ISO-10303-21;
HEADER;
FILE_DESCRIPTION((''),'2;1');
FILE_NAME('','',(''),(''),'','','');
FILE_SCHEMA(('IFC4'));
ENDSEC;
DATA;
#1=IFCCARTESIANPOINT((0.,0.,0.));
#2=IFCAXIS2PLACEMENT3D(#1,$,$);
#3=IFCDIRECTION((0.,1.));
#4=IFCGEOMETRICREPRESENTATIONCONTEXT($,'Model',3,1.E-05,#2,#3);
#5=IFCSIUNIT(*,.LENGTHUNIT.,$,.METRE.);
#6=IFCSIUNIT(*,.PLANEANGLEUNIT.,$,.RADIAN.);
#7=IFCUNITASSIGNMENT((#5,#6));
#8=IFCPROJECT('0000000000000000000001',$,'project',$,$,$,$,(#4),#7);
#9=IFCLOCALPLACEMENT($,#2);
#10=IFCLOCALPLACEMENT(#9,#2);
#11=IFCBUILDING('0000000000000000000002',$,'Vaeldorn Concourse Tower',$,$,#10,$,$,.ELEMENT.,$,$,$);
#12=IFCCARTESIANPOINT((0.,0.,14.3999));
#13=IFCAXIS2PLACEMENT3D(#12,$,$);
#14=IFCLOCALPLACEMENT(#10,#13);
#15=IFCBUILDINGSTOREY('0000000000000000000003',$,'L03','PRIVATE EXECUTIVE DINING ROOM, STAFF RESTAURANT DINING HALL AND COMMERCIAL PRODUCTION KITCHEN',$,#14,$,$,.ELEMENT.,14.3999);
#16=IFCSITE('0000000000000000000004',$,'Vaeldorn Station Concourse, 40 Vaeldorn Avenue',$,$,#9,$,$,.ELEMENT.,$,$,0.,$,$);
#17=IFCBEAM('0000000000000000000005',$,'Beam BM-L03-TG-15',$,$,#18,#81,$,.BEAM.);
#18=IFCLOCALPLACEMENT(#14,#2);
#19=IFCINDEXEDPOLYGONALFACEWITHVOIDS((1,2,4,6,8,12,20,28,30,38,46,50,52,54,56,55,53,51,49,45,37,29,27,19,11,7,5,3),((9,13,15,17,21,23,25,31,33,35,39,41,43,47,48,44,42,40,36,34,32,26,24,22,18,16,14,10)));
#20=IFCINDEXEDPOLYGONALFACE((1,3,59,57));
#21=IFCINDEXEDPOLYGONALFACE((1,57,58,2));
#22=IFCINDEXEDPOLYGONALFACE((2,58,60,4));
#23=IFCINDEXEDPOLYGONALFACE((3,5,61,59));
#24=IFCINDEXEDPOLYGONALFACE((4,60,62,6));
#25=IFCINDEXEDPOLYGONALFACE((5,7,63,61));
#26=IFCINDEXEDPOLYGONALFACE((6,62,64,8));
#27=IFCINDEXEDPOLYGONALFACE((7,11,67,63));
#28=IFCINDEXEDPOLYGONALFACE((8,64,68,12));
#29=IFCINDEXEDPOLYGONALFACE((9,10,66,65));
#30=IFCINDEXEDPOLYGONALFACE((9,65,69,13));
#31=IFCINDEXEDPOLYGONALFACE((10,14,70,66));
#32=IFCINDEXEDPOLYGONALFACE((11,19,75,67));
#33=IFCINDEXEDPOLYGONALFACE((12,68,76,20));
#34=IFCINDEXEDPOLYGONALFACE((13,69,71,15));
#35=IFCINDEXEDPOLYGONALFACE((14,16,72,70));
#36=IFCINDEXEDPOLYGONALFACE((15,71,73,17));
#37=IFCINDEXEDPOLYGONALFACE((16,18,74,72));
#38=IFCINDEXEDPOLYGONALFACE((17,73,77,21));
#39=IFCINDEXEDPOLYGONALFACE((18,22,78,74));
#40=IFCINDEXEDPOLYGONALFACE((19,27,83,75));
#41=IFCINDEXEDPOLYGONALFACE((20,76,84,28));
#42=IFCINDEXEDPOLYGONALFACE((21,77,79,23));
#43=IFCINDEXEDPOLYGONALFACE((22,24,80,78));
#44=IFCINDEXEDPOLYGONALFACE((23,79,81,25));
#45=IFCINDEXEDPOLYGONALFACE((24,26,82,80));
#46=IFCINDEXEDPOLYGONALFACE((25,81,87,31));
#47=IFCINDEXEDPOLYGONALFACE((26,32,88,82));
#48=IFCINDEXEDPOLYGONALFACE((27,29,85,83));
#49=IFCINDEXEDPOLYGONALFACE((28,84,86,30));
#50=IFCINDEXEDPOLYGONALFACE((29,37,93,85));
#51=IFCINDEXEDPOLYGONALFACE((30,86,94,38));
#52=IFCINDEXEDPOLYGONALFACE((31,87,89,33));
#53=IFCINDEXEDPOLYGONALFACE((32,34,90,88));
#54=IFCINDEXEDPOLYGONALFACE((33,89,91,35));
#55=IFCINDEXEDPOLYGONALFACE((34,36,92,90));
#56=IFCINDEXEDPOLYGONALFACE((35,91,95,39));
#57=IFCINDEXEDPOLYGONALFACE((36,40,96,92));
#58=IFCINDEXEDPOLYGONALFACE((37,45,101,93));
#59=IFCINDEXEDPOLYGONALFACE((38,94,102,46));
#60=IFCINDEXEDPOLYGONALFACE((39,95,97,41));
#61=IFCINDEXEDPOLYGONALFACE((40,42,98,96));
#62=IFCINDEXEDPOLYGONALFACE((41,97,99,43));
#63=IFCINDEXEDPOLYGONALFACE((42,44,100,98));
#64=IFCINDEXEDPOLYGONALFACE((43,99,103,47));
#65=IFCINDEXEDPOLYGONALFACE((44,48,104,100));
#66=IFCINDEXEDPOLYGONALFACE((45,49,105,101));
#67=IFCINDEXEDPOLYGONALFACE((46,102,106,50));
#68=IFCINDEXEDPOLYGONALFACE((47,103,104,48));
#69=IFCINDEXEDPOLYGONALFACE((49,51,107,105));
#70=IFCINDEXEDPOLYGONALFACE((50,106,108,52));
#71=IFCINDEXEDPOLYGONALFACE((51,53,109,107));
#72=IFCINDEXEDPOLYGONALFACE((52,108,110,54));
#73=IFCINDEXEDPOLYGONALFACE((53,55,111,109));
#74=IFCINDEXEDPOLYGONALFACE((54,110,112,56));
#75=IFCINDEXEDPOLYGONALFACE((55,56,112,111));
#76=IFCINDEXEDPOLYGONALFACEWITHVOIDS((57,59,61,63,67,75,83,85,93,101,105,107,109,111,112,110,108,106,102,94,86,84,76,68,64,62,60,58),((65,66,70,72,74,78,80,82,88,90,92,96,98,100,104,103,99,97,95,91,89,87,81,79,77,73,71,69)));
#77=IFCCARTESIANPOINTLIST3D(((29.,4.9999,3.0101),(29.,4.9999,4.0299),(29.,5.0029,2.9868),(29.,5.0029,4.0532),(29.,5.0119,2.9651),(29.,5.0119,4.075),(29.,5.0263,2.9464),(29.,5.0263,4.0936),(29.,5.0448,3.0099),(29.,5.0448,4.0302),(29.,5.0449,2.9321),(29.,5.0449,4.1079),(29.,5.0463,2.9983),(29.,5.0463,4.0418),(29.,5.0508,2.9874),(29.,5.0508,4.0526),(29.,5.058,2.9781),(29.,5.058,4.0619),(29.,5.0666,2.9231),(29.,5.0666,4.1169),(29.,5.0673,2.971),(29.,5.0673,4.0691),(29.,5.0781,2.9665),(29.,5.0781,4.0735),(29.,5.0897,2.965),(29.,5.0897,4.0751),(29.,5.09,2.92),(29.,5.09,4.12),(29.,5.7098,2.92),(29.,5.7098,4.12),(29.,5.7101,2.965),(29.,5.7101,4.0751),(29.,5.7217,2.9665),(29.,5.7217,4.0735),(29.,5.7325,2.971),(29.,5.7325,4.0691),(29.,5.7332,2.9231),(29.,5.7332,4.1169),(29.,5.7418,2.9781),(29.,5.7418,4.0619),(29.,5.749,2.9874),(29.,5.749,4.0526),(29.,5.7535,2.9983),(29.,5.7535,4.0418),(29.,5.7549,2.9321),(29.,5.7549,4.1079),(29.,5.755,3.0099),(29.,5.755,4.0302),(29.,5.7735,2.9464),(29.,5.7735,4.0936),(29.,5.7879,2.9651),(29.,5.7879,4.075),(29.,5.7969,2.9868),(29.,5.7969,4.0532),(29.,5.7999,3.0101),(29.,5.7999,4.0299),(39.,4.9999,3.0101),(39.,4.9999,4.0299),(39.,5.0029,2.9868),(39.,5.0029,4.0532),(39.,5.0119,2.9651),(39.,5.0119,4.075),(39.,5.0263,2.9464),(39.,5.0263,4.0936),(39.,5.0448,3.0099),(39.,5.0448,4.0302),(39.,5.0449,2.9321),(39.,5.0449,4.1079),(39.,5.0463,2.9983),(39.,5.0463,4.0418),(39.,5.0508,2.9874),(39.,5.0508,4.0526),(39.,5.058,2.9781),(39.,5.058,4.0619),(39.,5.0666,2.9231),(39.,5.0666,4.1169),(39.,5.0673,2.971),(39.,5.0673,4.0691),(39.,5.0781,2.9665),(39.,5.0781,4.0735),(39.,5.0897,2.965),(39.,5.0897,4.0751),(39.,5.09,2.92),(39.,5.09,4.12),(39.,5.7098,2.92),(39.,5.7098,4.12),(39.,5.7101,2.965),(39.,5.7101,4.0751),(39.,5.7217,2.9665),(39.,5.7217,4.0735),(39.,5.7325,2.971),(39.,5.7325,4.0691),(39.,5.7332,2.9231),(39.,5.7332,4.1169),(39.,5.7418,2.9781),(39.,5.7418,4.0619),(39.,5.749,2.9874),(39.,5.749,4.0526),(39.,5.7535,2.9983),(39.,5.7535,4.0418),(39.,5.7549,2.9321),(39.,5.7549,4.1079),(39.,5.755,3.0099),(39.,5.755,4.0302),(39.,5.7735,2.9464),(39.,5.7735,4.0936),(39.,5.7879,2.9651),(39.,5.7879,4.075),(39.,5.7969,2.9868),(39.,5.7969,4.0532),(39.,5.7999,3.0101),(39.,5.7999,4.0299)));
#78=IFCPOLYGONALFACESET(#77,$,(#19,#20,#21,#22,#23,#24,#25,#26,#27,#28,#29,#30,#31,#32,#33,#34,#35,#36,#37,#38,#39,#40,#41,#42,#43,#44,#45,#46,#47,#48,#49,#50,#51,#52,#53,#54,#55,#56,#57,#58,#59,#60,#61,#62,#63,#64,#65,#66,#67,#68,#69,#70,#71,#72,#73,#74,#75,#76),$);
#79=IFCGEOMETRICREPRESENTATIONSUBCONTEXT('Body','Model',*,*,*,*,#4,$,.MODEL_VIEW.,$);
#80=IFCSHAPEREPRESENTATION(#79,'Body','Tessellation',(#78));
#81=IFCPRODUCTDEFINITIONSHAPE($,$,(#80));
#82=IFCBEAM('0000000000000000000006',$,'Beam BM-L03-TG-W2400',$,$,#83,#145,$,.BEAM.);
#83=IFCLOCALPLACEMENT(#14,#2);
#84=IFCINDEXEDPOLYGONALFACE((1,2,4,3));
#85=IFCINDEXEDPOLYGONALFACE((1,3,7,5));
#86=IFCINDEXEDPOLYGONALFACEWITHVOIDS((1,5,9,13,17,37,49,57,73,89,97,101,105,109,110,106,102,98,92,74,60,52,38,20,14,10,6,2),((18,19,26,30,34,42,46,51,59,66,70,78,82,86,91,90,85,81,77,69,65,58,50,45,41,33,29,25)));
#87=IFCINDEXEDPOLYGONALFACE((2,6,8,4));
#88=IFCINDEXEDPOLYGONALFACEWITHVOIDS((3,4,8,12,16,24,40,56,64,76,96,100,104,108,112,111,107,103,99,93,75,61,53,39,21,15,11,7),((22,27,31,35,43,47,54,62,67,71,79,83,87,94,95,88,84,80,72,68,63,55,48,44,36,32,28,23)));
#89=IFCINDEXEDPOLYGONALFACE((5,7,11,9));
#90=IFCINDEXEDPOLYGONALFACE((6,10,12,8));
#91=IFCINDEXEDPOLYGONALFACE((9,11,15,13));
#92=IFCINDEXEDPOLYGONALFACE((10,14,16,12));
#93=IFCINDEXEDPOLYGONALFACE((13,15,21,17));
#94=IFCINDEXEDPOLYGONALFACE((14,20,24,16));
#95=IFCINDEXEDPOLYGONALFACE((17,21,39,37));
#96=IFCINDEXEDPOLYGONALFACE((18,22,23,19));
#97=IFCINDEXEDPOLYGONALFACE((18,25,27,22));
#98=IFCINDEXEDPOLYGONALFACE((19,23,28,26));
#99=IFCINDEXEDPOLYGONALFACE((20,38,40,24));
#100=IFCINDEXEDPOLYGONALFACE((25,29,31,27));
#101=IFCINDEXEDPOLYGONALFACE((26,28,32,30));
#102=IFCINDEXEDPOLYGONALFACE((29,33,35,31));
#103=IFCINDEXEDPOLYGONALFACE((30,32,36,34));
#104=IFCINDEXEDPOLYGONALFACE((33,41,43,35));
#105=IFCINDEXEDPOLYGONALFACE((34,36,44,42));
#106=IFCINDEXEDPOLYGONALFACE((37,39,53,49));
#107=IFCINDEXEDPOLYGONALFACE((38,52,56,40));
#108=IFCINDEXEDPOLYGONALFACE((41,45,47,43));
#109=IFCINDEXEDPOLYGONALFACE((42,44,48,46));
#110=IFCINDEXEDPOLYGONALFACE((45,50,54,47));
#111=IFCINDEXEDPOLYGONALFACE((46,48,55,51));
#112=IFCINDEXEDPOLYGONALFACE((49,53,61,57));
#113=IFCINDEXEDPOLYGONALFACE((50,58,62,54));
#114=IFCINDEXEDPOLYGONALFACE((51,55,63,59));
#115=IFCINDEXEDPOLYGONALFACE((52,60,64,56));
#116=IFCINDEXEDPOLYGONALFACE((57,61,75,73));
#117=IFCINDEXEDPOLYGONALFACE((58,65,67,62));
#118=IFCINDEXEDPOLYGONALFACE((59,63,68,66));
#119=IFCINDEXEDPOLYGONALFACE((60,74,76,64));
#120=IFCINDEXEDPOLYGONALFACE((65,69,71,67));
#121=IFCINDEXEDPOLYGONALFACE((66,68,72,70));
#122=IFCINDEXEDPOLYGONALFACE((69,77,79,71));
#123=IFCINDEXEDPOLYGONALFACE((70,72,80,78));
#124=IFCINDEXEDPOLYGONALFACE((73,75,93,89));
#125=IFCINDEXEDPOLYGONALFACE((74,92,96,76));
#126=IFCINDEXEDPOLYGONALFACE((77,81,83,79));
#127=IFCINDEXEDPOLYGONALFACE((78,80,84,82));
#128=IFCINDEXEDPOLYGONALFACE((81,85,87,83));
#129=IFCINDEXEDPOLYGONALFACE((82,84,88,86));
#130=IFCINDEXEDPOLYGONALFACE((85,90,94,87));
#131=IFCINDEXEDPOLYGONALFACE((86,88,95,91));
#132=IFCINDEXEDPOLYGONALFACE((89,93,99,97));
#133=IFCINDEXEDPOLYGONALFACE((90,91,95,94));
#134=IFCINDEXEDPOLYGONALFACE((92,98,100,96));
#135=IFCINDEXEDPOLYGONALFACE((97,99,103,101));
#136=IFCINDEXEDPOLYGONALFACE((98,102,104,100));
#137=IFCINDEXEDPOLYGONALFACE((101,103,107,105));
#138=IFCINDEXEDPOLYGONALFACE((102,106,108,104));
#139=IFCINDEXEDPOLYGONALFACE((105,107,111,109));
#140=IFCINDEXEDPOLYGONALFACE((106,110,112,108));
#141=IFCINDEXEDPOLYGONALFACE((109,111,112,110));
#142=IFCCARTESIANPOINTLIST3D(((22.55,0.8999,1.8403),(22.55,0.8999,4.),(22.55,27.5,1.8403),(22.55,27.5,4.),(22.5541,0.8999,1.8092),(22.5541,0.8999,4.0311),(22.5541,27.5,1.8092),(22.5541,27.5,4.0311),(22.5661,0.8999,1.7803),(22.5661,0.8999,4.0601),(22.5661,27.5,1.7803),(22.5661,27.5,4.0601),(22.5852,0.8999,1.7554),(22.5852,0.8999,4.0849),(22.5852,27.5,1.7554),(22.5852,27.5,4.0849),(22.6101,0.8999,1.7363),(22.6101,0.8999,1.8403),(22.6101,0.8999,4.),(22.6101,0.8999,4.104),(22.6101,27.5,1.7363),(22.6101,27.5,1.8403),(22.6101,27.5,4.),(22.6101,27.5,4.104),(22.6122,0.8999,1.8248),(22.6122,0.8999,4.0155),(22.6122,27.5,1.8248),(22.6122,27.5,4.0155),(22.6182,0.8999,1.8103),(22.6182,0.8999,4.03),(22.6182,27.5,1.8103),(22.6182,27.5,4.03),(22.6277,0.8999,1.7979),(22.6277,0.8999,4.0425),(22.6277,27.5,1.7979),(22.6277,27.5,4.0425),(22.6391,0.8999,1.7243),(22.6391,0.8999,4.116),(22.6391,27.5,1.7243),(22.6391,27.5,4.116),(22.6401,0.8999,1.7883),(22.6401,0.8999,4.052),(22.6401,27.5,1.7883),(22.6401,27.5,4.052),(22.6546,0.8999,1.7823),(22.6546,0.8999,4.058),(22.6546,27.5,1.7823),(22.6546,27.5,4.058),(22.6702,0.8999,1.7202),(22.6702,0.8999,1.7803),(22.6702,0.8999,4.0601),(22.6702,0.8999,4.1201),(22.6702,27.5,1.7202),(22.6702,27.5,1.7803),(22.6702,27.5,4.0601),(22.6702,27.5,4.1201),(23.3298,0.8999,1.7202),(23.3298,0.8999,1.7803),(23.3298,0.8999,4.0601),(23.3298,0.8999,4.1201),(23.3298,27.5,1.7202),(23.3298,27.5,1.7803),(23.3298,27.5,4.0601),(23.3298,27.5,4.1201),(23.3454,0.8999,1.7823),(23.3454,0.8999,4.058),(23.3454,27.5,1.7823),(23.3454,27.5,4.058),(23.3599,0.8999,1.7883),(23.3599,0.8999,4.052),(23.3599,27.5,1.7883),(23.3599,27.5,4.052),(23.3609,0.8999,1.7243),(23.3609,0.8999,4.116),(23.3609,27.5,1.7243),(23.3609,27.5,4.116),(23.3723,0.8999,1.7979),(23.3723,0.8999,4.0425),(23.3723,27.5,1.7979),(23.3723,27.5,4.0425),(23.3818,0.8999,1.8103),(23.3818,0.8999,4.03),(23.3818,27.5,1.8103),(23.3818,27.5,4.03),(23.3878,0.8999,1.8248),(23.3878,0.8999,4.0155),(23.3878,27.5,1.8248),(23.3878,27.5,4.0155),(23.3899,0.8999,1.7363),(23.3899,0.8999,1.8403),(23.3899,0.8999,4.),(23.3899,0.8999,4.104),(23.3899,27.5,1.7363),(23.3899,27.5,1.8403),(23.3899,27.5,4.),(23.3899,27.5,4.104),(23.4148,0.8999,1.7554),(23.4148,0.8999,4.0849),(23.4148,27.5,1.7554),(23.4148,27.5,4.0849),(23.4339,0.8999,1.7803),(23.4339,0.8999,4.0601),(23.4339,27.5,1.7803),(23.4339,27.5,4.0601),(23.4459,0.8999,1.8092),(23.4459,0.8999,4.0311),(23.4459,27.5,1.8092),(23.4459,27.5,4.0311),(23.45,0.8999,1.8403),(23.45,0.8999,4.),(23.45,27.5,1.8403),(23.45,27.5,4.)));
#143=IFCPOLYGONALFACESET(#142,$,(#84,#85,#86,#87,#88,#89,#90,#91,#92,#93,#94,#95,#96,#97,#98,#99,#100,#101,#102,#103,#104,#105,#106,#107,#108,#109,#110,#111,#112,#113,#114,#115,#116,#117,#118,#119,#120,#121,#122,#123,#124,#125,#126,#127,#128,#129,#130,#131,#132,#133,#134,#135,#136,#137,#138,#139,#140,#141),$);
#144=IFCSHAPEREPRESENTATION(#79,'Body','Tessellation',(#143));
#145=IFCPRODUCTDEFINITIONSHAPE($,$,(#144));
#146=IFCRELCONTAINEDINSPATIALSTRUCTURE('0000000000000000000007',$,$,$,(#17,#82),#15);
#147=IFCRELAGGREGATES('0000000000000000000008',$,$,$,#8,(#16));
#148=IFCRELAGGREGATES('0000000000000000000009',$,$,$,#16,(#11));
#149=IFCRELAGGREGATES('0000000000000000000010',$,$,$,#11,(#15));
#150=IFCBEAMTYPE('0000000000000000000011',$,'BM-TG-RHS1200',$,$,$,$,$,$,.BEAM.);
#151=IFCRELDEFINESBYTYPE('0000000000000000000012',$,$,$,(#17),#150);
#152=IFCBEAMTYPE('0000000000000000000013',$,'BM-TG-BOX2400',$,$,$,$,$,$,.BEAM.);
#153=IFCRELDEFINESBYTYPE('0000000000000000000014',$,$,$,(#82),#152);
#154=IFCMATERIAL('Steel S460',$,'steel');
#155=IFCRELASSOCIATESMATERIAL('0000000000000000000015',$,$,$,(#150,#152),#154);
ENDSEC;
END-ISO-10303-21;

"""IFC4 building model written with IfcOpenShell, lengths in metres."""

from ifc_helpers import new_model, si_unit, direction, frame, origin, origin_2d, place, context, subcontext, project, spatial, hollow_rectangle, extrude, source, transform, mapped, material, material_profile, profile_set, type_object, element, save


model = new_model("IFC4")

# Units and contexts
model_context = context("Model", 3, precision=1e-05, world=origin(), true_north=direction((0.0, 1.0)))
body_context = subcontext(model_context, "Body", "Model", "MODEL_VIEW")
ifc_project = project(units=[si_unit("LENGTHUNIT", "METRE"), si_unit("PLANEANGLEUNIT", "RADIAN")], contexts=[model_context])

# Site, building, storey
site_placement = place(None, origin())
site = spatial("IfcSite", under=ifc_project, at=site_placement, Name="Vaeldorn Station Concourse, 40 Vaeldorn Avenue", CompositionType="ELEMENT", RefElevation=0.0)
building_placement = place(site_placement, origin())
building = spatial("IfcBuilding", under=site, at=building_placement, Name="Vaeldorn Concourse Tower", CompositionType="ELEMENT")
storey_placement = place(building_placement, frame((0.0, 0.0, 14.3999)))
storey = spatial("IfcBuildingStorey", under=building, at=storey_placement, Name="L03", Description="PRIVATE EXECUTIVE DINING ROOM, STAFF RESTAURANT DINING HALL AND COMMERCIAL PRODUCTION KITCHEN", CompositionType="ELEMENT", Elevation=14.3999)

# Shared definitions
ifc_material_1 = material(Name="Steel S460", Category="steel")

# Beams
ifc_material_profile_1 = material_profile(ifc_material_1, hollow_rectangle(XDim=0.8, YDim=1.2, WallThickness=0.0449, InnerFilletRadius=0.0449, OuterFilletRadius=0.0901, at=origin_2d()), Name="RHS 1200x800x45")
ifc_profile_set_1 = profile_set([ifc_material_profile_1], Name="Steel S460")
beam_type_1 = type_object("IfcBeamType", Name="BM-TG-RHS1200", PredefinedType="BEAM", material=ifc_profile_set_1)
shared_shape_1 = source(origin(), body_context, "Body", "SweptSolid", [
    extrude(hollow_rectangle(XDim=0.8, YDim=1.2, WallThickness=0.0449, InnerFilletRadius=0.0449, OuterFilletRadius=0.0901, at=origin_2d()), origin(), (0.0, 0.0, 1.0), 10.0),
])
beam_1_placement = place(storey_placement, frame((29.0, 5.3999, 3.52), z_axis=(1.0, 0.0, 0.0), x_axis=(0.0, 1.0, 0.0)))
element("IfcBeam", 1, at=beam_1_placement, inside=storey, type_object=beam_type_1, Name="Beam BM-L03-TG-15", PredefinedType="BEAM", context=body_context, shape_type="MappedRepresentation", body=[
    mapped(shared_shape_1, transform((0.0, 0.0, 0.0), scale=1.0)),
])
ifc_material_profile_2 = material_profile(ifc_material_1, hollow_rectangle(XDim=0.8999, YDim=2.3999, WallThickness=0.0601, InnerFilletRadius=0.0601, OuterFilletRadius=0.1201, at=origin_2d()), Name="RHS 2400x900x60")
ifc_profile_set_2 = profile_set([ifc_material_profile_2], Name="Steel S460")
beam_type_2 = type_object("IfcBeamType", Name="BM-TG-BOX2400", PredefinedType="BEAM", material=ifc_profile_set_2)
shared_shape_2 = source(origin(), body_context, "Body", "SweptSolid", [
    extrude(hollow_rectangle(XDim=0.8999, YDim=2.3999, WallThickness=0.0601, InnerFilletRadius=0.0601, OuterFilletRadius=0.1201, at=origin_2d()), origin(), (0.0, 0.0, 1.0), 26.6001),
])
beam_2_placement = place(storey_placement, frame((23.0, 0.8999, 2.9202), z_axis=(0.0, 1.0, 0.0), x_axis=(-1.0, 0.0, 0.0)))
element("IfcBeam", 2, at=beam_2_placement, inside=storey, type_object=beam_type_2, Name="Beam BM-L03-TG-W2400", PredefinedType="BEAM", context=body_context, shape_type="MappedRepresentation", body=[
    mapped(shared_shape_2, transform((0.0, 0.0, 0.0), scale=1.0)),
])

save(model, "model.ifc")
